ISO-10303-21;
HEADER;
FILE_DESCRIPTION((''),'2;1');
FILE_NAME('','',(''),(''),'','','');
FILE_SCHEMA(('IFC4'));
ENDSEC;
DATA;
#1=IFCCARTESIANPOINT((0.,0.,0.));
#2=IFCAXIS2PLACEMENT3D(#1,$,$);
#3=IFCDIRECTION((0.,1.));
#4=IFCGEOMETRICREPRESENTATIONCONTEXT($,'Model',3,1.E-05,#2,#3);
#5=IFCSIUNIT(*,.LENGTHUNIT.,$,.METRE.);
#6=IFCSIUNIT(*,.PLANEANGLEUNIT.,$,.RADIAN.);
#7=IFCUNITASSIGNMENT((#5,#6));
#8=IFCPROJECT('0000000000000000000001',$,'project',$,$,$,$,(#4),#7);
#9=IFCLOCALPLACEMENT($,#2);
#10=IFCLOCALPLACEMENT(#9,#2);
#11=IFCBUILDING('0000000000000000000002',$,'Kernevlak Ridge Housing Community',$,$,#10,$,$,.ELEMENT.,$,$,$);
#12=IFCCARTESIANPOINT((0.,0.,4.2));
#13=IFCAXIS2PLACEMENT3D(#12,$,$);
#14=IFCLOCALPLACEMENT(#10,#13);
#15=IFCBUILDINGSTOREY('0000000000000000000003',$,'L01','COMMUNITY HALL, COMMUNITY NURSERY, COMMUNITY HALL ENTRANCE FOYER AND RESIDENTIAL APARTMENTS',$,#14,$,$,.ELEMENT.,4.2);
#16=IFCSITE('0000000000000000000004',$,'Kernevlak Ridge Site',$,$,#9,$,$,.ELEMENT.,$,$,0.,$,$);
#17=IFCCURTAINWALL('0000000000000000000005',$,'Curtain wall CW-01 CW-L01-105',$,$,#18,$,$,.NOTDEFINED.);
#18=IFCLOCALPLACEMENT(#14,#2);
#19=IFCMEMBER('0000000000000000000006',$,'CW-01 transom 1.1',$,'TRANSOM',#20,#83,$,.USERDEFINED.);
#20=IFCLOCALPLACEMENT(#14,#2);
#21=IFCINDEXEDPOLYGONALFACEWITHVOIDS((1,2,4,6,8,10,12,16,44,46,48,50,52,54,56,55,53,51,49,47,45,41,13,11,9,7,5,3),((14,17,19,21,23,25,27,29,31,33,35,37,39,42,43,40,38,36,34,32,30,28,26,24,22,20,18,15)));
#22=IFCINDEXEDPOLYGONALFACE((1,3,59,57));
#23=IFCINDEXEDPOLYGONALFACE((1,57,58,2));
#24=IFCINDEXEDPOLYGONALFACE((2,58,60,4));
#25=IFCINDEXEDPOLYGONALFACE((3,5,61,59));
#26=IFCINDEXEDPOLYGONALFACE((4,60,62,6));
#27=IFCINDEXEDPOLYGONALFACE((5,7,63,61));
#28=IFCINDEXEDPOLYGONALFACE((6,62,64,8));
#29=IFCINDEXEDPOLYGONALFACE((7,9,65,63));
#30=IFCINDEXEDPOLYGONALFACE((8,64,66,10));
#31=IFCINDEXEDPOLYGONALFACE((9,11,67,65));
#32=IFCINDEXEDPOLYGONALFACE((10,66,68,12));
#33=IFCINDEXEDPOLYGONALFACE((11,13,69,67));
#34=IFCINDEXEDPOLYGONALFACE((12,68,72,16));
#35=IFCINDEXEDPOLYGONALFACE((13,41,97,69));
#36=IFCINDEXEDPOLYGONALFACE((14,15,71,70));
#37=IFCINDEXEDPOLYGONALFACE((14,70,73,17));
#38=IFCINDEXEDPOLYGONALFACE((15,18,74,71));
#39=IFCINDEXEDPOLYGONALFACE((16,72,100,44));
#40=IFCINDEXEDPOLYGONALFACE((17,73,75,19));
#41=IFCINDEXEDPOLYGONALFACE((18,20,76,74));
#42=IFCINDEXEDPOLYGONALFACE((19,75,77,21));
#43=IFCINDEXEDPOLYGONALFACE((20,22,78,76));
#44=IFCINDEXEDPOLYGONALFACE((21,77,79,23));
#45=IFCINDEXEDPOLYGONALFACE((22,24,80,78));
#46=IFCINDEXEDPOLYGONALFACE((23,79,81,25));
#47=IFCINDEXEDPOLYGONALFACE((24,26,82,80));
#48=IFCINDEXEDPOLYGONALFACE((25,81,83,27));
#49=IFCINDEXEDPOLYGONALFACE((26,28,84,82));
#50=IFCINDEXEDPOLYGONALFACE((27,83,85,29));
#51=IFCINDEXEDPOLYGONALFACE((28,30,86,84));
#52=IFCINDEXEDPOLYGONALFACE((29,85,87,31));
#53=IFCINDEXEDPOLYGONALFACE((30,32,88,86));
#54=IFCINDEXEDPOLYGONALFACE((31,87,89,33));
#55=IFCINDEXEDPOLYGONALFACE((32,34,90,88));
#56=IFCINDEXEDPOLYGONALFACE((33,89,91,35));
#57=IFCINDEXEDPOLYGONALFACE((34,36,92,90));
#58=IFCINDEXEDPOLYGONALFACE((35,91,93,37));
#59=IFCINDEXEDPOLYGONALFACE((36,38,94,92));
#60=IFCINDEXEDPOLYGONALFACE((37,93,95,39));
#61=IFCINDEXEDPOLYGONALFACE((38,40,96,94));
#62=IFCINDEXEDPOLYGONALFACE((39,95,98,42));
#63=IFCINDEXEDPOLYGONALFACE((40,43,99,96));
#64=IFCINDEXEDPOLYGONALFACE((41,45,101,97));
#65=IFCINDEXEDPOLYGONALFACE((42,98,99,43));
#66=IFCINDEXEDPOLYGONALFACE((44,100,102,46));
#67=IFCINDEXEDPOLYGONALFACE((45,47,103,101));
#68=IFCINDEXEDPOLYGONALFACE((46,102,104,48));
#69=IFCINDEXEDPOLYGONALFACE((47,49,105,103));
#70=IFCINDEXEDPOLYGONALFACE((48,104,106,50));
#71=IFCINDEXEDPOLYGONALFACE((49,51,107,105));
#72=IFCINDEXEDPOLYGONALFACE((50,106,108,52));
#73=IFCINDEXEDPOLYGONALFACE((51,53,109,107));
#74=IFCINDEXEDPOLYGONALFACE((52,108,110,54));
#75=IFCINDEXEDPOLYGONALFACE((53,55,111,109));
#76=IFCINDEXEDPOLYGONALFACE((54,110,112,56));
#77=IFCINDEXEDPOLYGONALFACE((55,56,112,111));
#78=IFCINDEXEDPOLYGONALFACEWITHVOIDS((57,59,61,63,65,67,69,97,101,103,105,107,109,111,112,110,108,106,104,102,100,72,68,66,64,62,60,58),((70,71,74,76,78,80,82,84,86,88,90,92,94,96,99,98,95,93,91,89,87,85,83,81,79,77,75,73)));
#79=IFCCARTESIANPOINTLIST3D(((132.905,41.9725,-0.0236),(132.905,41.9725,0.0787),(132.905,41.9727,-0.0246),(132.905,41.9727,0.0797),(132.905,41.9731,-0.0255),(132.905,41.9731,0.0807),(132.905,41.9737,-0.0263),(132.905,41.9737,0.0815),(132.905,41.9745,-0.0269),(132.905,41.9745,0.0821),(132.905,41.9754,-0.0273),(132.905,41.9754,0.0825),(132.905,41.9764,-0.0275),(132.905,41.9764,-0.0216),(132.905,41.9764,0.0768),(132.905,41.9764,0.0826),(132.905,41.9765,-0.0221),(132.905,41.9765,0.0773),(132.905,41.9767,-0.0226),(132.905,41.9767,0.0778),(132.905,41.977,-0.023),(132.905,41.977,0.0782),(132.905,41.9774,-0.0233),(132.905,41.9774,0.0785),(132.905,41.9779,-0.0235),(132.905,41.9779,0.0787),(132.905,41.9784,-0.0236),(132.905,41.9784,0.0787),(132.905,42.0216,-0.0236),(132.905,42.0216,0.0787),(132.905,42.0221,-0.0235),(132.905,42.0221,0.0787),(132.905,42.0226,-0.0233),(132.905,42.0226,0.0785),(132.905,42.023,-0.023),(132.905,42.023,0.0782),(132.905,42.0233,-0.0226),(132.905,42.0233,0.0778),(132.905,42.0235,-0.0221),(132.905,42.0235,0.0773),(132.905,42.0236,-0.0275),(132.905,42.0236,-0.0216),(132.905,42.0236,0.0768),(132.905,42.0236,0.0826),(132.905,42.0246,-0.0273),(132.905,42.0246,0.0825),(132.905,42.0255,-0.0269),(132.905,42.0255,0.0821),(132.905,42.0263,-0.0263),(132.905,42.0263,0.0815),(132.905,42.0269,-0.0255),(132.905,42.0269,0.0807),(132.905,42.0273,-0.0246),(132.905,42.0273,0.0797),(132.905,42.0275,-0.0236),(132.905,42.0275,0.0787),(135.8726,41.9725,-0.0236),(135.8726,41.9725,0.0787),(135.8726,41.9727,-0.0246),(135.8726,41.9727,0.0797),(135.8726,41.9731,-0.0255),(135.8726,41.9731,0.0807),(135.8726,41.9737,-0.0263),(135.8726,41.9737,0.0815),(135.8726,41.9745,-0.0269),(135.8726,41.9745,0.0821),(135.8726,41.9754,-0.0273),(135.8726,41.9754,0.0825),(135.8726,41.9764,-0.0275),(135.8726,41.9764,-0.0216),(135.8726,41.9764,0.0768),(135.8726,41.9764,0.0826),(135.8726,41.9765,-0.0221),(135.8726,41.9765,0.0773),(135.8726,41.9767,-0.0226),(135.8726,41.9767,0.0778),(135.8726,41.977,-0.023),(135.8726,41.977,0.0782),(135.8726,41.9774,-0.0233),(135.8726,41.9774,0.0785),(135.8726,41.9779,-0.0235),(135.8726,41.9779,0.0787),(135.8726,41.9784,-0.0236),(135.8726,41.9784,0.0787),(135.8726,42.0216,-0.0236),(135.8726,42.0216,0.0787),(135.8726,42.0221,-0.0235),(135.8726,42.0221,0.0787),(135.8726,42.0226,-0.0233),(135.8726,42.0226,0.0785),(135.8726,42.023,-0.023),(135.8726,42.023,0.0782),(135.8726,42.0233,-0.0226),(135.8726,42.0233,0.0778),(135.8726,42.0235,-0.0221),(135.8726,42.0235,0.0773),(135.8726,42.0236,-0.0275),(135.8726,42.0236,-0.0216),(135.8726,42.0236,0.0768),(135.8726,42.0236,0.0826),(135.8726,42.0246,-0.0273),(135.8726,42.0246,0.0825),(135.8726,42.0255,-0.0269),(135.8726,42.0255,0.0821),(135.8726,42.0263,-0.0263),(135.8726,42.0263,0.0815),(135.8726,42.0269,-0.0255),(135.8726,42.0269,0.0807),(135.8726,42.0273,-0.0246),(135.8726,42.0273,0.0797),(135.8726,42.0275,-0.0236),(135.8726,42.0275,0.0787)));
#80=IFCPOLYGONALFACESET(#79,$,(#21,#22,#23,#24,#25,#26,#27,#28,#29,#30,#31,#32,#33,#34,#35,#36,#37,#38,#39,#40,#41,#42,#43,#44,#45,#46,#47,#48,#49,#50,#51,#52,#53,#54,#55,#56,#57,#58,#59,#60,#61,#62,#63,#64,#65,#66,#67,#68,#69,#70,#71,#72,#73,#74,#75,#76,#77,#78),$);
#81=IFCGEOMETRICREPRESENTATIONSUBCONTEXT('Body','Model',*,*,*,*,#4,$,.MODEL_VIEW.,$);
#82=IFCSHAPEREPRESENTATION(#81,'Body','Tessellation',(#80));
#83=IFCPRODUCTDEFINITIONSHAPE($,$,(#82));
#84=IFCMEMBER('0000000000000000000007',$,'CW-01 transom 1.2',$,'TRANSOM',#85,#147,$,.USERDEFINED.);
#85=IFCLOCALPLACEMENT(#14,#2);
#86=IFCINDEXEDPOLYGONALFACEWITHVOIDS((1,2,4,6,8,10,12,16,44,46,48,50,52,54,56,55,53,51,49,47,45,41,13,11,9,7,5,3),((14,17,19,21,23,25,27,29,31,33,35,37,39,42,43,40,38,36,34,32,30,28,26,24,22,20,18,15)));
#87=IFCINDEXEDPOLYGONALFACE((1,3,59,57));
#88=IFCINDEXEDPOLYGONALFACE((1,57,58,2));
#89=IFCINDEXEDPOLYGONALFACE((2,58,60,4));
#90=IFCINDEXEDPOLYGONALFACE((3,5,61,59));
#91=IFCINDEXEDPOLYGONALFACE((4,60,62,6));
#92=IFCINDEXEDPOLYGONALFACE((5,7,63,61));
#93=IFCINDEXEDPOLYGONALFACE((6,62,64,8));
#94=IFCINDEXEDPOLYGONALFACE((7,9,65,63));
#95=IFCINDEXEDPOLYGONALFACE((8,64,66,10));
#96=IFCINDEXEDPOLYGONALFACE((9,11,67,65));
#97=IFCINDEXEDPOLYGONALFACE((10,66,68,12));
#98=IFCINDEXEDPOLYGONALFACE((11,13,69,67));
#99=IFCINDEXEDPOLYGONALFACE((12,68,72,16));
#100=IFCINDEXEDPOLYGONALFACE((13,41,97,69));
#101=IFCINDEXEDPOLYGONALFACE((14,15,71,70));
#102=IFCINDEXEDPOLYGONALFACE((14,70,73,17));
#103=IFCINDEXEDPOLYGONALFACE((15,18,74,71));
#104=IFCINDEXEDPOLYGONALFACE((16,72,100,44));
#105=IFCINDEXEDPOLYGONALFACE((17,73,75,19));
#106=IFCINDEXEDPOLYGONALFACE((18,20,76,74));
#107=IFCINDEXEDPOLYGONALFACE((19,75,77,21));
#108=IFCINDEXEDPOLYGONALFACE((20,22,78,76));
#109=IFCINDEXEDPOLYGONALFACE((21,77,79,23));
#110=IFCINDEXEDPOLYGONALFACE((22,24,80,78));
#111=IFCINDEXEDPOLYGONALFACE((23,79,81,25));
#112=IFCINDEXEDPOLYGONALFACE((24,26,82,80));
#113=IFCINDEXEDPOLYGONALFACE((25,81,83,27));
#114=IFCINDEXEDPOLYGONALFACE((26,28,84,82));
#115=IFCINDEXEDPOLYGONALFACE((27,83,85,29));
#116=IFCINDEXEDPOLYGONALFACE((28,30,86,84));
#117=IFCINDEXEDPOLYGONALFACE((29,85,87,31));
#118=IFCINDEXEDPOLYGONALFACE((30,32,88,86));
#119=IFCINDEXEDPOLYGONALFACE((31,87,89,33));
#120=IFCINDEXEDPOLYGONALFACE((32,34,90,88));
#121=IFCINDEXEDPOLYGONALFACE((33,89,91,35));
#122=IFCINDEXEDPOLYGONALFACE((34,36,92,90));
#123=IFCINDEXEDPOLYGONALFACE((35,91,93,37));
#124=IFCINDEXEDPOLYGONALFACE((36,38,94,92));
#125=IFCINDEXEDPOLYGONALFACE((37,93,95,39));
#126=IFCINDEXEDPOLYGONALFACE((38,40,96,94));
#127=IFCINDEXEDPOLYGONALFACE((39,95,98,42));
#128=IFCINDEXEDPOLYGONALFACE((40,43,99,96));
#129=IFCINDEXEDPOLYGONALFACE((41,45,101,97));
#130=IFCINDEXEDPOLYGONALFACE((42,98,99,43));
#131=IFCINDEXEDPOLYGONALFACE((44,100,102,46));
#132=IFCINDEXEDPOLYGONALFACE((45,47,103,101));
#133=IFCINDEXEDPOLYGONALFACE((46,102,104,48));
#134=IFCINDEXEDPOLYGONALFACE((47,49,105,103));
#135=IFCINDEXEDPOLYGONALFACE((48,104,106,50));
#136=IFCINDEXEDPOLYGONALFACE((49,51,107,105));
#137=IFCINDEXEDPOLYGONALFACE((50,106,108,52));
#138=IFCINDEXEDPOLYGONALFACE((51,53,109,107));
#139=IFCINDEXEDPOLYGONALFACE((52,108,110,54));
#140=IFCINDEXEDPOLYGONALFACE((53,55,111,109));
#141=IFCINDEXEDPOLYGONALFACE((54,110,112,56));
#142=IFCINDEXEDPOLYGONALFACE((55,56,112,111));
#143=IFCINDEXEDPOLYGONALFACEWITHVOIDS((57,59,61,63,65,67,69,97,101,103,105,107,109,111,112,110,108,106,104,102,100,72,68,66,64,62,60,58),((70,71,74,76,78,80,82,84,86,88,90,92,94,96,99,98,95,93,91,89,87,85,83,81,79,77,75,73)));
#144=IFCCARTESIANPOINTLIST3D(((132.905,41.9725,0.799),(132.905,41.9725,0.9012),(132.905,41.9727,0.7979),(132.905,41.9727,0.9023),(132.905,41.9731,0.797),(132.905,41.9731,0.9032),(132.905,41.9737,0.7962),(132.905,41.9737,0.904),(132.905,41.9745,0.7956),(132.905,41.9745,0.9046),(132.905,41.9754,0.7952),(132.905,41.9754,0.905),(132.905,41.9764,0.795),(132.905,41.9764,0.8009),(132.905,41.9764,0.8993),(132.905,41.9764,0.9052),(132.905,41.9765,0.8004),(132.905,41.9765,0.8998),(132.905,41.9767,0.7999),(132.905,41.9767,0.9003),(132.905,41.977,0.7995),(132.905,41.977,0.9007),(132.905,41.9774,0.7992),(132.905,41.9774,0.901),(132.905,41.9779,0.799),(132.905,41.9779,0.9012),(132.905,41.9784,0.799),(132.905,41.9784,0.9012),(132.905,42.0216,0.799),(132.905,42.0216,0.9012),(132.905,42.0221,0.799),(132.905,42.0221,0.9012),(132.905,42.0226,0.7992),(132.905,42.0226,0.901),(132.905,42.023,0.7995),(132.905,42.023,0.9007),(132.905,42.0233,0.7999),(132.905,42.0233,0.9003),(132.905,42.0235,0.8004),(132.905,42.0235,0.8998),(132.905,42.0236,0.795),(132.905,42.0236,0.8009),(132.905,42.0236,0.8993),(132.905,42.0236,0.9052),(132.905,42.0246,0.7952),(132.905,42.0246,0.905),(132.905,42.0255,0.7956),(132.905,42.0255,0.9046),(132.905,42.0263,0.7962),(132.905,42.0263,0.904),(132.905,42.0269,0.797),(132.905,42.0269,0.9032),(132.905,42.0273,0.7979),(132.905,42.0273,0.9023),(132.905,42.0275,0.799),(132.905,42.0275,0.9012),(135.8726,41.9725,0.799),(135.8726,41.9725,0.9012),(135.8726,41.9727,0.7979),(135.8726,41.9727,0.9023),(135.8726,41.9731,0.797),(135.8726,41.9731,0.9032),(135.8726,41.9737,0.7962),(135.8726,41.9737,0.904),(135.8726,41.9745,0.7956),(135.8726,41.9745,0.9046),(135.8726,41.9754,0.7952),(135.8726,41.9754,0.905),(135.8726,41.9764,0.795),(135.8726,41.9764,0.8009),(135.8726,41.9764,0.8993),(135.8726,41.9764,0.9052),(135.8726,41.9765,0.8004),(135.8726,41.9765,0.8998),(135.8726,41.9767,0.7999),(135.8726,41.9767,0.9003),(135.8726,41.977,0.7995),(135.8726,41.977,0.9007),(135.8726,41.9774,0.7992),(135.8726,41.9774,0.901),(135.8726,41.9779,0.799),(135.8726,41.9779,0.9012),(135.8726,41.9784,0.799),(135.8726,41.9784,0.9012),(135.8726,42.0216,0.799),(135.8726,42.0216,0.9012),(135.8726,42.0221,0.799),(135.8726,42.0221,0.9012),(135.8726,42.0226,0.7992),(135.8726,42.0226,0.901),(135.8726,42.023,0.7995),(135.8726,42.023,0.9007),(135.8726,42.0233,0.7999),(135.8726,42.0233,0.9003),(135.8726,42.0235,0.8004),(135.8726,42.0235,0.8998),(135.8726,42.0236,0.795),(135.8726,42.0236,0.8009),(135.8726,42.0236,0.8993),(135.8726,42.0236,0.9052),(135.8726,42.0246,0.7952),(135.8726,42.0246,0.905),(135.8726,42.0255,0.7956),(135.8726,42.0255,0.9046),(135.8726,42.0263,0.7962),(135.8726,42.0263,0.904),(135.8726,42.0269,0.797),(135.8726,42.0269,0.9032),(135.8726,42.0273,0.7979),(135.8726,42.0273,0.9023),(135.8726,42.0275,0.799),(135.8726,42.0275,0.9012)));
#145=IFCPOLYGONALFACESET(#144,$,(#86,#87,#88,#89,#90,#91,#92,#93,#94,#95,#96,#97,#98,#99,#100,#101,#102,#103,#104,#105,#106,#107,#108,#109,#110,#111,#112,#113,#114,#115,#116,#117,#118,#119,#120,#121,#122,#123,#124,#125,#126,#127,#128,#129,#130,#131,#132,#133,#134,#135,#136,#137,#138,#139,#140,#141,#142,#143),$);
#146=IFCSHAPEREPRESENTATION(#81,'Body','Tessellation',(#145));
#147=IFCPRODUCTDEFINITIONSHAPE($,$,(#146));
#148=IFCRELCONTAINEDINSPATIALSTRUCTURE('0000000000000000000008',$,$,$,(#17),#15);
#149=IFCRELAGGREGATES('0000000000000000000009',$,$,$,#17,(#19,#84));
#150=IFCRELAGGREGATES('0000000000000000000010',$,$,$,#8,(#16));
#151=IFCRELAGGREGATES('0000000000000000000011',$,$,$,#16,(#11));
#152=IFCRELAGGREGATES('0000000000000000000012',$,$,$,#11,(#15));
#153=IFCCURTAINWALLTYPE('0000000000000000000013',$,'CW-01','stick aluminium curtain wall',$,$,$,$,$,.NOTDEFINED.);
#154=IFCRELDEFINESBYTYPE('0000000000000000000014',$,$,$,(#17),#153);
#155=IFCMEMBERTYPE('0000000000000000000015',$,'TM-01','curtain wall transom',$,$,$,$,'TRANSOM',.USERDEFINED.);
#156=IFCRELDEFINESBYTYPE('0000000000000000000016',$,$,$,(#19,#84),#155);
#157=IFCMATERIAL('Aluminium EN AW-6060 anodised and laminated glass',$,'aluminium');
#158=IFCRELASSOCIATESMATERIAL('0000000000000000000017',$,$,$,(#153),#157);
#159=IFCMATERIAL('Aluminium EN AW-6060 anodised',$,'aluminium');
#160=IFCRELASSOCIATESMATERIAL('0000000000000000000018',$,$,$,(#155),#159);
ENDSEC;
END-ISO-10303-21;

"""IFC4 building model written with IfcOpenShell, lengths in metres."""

from ifc_helpers import new_model, si_unit, direction, frame, origin, origin_2d, place, context, subcontext, project, spatial, hollow_rectangle, extrude, material, material_profile, profile_set, type_object, element, aggregate, save


model = new_model("IFC4")

# Units and contexts
model_context = context("Model", 3, precision=1e-05, world=origin(), true_north=direction((0.0, 1.0)))
body_context = subcontext(model_context, "Body", "Model", "MODEL_VIEW")
ifc_project = project(units=[si_unit("LENGTHUNIT", "METRE"), si_unit("PLANEANGLEUNIT", "RADIAN")], contexts=[model_context])

# Site, building, storey
site_placement = place(None, origin())
site = spatial("IfcSite", under=ifc_project, at=site_placement, Name="Kernevlak Ridge Site", CompositionType="ELEMENT", RefElevation=0.0)
building_placement = place(site_placement, origin())
building = spatial("IfcBuilding", under=site, at=building_placement, Name="Kernevlak Ridge Housing Community", CompositionType="ELEMENT")
storey_placement = place(building_placement, frame((0.0, 0.0, 4.2)))
storey = spatial("IfcBuildingStorey", under=building, at=storey_placement, Name="L01", Description="COMMUNITY HALL, COMMUNITY NURSERY, COMMUNITY HALL ENTRANCE FOYER AND RESIDENTIAL APARTMENTS", CompositionType="ELEMENT", Elevation=4.2)

# Curtain wall
ifc_material_1 = material(Name="Aluminium EN AW-6060 anodised and laminated glass", Category="aluminium")
curtain_wall_type = type_object("IfcCurtainWallType", Name="CW-01", Description="stick aluminium curtain wall", PredefinedType="NOTDEFINED", material=ifc_material_1)
curtain_wall_placement = place(storey_placement, origin())
curtain_wall = element("IfcCurtainWall", 1, at=curtain_wall_placement, inside=storey, type_object=curtain_wall_type, Name="Curtain wall CW-01 CW-L01-105", PredefinedType="NOTDEFINED")
ifc_material_2 = material(Name="Aluminium EN AW-6060 anodised", Category="aluminium")

# Members
ifc_material_profile_1 = material_profile(ifc_material_2, hollow_rectangle(XDim=0.0549, YDim=0.1101, WallThickness=0.0039, InnerFilletRadius=0.002, OuterFilletRadius=0.0039, at=origin_2d()), Name="ALU 55x110x4")
ifc_profile_set_1 = profile_set([ifc_material_profile_1], Name="Aluminium EN AW-6060 anodised")
member_type_1 = type_object("IfcMemberType", Name="TM-01", Description="curtain wall transom", ElementType="TRANSOM", PredefinedType="USERDEFINED", material=ifc_profile_set_1)
member_1_placement = place(storey_placement, frame((132.905, 42.0, 0.0276), z_axis=(1.0, 0.0, 0.0), x_axis=(0.0, 1.0, 0.0)))
member_1 = element("IfcMember", 2, at=member_1_placement, type_object=member_type_1, Name="CW-01 transom 1.1", ObjectType="TRANSOM", PredefinedType="USERDEFINED", context=body_context, shape_type="SweptSolid", body=[
    extrude(hollow_rectangle(XDim=0.0549, YDim=0.1101, WallThickness=0.0039, InnerFilletRadius=0.002, OuterFilletRadius=0.0039, at=origin_2d()), origin(), (0.0, 0.0, 1.0), 2.9675),
])
member_2_placement = place(storey_placement, frame((132.905, 42.0, 0.8501), z_axis=(1.0, 0.0, 0.0), x_axis=(0.0, 1.0, 0.0)))
member_2 = element("IfcMember", 3, at=member_2_placement, type_object=member_type_1, Name="CW-01 transom 1.2", ObjectType="TRANSOM", PredefinedType="USERDEFINED", context=body_context, shape_type="SweptSolid", body=[
    extrude(hollow_rectangle(XDim=0.0549, YDim=0.1101, WallThickness=0.0039, InnerFilletRadius=0.002, OuterFilletRadius=0.0039, at=origin_2d()), origin(), (0.0, 0.0, 1.0), 2.9675),
])

aggregate(curtain_wall, [member_1, member_2])

save(model, "model.ifc")
